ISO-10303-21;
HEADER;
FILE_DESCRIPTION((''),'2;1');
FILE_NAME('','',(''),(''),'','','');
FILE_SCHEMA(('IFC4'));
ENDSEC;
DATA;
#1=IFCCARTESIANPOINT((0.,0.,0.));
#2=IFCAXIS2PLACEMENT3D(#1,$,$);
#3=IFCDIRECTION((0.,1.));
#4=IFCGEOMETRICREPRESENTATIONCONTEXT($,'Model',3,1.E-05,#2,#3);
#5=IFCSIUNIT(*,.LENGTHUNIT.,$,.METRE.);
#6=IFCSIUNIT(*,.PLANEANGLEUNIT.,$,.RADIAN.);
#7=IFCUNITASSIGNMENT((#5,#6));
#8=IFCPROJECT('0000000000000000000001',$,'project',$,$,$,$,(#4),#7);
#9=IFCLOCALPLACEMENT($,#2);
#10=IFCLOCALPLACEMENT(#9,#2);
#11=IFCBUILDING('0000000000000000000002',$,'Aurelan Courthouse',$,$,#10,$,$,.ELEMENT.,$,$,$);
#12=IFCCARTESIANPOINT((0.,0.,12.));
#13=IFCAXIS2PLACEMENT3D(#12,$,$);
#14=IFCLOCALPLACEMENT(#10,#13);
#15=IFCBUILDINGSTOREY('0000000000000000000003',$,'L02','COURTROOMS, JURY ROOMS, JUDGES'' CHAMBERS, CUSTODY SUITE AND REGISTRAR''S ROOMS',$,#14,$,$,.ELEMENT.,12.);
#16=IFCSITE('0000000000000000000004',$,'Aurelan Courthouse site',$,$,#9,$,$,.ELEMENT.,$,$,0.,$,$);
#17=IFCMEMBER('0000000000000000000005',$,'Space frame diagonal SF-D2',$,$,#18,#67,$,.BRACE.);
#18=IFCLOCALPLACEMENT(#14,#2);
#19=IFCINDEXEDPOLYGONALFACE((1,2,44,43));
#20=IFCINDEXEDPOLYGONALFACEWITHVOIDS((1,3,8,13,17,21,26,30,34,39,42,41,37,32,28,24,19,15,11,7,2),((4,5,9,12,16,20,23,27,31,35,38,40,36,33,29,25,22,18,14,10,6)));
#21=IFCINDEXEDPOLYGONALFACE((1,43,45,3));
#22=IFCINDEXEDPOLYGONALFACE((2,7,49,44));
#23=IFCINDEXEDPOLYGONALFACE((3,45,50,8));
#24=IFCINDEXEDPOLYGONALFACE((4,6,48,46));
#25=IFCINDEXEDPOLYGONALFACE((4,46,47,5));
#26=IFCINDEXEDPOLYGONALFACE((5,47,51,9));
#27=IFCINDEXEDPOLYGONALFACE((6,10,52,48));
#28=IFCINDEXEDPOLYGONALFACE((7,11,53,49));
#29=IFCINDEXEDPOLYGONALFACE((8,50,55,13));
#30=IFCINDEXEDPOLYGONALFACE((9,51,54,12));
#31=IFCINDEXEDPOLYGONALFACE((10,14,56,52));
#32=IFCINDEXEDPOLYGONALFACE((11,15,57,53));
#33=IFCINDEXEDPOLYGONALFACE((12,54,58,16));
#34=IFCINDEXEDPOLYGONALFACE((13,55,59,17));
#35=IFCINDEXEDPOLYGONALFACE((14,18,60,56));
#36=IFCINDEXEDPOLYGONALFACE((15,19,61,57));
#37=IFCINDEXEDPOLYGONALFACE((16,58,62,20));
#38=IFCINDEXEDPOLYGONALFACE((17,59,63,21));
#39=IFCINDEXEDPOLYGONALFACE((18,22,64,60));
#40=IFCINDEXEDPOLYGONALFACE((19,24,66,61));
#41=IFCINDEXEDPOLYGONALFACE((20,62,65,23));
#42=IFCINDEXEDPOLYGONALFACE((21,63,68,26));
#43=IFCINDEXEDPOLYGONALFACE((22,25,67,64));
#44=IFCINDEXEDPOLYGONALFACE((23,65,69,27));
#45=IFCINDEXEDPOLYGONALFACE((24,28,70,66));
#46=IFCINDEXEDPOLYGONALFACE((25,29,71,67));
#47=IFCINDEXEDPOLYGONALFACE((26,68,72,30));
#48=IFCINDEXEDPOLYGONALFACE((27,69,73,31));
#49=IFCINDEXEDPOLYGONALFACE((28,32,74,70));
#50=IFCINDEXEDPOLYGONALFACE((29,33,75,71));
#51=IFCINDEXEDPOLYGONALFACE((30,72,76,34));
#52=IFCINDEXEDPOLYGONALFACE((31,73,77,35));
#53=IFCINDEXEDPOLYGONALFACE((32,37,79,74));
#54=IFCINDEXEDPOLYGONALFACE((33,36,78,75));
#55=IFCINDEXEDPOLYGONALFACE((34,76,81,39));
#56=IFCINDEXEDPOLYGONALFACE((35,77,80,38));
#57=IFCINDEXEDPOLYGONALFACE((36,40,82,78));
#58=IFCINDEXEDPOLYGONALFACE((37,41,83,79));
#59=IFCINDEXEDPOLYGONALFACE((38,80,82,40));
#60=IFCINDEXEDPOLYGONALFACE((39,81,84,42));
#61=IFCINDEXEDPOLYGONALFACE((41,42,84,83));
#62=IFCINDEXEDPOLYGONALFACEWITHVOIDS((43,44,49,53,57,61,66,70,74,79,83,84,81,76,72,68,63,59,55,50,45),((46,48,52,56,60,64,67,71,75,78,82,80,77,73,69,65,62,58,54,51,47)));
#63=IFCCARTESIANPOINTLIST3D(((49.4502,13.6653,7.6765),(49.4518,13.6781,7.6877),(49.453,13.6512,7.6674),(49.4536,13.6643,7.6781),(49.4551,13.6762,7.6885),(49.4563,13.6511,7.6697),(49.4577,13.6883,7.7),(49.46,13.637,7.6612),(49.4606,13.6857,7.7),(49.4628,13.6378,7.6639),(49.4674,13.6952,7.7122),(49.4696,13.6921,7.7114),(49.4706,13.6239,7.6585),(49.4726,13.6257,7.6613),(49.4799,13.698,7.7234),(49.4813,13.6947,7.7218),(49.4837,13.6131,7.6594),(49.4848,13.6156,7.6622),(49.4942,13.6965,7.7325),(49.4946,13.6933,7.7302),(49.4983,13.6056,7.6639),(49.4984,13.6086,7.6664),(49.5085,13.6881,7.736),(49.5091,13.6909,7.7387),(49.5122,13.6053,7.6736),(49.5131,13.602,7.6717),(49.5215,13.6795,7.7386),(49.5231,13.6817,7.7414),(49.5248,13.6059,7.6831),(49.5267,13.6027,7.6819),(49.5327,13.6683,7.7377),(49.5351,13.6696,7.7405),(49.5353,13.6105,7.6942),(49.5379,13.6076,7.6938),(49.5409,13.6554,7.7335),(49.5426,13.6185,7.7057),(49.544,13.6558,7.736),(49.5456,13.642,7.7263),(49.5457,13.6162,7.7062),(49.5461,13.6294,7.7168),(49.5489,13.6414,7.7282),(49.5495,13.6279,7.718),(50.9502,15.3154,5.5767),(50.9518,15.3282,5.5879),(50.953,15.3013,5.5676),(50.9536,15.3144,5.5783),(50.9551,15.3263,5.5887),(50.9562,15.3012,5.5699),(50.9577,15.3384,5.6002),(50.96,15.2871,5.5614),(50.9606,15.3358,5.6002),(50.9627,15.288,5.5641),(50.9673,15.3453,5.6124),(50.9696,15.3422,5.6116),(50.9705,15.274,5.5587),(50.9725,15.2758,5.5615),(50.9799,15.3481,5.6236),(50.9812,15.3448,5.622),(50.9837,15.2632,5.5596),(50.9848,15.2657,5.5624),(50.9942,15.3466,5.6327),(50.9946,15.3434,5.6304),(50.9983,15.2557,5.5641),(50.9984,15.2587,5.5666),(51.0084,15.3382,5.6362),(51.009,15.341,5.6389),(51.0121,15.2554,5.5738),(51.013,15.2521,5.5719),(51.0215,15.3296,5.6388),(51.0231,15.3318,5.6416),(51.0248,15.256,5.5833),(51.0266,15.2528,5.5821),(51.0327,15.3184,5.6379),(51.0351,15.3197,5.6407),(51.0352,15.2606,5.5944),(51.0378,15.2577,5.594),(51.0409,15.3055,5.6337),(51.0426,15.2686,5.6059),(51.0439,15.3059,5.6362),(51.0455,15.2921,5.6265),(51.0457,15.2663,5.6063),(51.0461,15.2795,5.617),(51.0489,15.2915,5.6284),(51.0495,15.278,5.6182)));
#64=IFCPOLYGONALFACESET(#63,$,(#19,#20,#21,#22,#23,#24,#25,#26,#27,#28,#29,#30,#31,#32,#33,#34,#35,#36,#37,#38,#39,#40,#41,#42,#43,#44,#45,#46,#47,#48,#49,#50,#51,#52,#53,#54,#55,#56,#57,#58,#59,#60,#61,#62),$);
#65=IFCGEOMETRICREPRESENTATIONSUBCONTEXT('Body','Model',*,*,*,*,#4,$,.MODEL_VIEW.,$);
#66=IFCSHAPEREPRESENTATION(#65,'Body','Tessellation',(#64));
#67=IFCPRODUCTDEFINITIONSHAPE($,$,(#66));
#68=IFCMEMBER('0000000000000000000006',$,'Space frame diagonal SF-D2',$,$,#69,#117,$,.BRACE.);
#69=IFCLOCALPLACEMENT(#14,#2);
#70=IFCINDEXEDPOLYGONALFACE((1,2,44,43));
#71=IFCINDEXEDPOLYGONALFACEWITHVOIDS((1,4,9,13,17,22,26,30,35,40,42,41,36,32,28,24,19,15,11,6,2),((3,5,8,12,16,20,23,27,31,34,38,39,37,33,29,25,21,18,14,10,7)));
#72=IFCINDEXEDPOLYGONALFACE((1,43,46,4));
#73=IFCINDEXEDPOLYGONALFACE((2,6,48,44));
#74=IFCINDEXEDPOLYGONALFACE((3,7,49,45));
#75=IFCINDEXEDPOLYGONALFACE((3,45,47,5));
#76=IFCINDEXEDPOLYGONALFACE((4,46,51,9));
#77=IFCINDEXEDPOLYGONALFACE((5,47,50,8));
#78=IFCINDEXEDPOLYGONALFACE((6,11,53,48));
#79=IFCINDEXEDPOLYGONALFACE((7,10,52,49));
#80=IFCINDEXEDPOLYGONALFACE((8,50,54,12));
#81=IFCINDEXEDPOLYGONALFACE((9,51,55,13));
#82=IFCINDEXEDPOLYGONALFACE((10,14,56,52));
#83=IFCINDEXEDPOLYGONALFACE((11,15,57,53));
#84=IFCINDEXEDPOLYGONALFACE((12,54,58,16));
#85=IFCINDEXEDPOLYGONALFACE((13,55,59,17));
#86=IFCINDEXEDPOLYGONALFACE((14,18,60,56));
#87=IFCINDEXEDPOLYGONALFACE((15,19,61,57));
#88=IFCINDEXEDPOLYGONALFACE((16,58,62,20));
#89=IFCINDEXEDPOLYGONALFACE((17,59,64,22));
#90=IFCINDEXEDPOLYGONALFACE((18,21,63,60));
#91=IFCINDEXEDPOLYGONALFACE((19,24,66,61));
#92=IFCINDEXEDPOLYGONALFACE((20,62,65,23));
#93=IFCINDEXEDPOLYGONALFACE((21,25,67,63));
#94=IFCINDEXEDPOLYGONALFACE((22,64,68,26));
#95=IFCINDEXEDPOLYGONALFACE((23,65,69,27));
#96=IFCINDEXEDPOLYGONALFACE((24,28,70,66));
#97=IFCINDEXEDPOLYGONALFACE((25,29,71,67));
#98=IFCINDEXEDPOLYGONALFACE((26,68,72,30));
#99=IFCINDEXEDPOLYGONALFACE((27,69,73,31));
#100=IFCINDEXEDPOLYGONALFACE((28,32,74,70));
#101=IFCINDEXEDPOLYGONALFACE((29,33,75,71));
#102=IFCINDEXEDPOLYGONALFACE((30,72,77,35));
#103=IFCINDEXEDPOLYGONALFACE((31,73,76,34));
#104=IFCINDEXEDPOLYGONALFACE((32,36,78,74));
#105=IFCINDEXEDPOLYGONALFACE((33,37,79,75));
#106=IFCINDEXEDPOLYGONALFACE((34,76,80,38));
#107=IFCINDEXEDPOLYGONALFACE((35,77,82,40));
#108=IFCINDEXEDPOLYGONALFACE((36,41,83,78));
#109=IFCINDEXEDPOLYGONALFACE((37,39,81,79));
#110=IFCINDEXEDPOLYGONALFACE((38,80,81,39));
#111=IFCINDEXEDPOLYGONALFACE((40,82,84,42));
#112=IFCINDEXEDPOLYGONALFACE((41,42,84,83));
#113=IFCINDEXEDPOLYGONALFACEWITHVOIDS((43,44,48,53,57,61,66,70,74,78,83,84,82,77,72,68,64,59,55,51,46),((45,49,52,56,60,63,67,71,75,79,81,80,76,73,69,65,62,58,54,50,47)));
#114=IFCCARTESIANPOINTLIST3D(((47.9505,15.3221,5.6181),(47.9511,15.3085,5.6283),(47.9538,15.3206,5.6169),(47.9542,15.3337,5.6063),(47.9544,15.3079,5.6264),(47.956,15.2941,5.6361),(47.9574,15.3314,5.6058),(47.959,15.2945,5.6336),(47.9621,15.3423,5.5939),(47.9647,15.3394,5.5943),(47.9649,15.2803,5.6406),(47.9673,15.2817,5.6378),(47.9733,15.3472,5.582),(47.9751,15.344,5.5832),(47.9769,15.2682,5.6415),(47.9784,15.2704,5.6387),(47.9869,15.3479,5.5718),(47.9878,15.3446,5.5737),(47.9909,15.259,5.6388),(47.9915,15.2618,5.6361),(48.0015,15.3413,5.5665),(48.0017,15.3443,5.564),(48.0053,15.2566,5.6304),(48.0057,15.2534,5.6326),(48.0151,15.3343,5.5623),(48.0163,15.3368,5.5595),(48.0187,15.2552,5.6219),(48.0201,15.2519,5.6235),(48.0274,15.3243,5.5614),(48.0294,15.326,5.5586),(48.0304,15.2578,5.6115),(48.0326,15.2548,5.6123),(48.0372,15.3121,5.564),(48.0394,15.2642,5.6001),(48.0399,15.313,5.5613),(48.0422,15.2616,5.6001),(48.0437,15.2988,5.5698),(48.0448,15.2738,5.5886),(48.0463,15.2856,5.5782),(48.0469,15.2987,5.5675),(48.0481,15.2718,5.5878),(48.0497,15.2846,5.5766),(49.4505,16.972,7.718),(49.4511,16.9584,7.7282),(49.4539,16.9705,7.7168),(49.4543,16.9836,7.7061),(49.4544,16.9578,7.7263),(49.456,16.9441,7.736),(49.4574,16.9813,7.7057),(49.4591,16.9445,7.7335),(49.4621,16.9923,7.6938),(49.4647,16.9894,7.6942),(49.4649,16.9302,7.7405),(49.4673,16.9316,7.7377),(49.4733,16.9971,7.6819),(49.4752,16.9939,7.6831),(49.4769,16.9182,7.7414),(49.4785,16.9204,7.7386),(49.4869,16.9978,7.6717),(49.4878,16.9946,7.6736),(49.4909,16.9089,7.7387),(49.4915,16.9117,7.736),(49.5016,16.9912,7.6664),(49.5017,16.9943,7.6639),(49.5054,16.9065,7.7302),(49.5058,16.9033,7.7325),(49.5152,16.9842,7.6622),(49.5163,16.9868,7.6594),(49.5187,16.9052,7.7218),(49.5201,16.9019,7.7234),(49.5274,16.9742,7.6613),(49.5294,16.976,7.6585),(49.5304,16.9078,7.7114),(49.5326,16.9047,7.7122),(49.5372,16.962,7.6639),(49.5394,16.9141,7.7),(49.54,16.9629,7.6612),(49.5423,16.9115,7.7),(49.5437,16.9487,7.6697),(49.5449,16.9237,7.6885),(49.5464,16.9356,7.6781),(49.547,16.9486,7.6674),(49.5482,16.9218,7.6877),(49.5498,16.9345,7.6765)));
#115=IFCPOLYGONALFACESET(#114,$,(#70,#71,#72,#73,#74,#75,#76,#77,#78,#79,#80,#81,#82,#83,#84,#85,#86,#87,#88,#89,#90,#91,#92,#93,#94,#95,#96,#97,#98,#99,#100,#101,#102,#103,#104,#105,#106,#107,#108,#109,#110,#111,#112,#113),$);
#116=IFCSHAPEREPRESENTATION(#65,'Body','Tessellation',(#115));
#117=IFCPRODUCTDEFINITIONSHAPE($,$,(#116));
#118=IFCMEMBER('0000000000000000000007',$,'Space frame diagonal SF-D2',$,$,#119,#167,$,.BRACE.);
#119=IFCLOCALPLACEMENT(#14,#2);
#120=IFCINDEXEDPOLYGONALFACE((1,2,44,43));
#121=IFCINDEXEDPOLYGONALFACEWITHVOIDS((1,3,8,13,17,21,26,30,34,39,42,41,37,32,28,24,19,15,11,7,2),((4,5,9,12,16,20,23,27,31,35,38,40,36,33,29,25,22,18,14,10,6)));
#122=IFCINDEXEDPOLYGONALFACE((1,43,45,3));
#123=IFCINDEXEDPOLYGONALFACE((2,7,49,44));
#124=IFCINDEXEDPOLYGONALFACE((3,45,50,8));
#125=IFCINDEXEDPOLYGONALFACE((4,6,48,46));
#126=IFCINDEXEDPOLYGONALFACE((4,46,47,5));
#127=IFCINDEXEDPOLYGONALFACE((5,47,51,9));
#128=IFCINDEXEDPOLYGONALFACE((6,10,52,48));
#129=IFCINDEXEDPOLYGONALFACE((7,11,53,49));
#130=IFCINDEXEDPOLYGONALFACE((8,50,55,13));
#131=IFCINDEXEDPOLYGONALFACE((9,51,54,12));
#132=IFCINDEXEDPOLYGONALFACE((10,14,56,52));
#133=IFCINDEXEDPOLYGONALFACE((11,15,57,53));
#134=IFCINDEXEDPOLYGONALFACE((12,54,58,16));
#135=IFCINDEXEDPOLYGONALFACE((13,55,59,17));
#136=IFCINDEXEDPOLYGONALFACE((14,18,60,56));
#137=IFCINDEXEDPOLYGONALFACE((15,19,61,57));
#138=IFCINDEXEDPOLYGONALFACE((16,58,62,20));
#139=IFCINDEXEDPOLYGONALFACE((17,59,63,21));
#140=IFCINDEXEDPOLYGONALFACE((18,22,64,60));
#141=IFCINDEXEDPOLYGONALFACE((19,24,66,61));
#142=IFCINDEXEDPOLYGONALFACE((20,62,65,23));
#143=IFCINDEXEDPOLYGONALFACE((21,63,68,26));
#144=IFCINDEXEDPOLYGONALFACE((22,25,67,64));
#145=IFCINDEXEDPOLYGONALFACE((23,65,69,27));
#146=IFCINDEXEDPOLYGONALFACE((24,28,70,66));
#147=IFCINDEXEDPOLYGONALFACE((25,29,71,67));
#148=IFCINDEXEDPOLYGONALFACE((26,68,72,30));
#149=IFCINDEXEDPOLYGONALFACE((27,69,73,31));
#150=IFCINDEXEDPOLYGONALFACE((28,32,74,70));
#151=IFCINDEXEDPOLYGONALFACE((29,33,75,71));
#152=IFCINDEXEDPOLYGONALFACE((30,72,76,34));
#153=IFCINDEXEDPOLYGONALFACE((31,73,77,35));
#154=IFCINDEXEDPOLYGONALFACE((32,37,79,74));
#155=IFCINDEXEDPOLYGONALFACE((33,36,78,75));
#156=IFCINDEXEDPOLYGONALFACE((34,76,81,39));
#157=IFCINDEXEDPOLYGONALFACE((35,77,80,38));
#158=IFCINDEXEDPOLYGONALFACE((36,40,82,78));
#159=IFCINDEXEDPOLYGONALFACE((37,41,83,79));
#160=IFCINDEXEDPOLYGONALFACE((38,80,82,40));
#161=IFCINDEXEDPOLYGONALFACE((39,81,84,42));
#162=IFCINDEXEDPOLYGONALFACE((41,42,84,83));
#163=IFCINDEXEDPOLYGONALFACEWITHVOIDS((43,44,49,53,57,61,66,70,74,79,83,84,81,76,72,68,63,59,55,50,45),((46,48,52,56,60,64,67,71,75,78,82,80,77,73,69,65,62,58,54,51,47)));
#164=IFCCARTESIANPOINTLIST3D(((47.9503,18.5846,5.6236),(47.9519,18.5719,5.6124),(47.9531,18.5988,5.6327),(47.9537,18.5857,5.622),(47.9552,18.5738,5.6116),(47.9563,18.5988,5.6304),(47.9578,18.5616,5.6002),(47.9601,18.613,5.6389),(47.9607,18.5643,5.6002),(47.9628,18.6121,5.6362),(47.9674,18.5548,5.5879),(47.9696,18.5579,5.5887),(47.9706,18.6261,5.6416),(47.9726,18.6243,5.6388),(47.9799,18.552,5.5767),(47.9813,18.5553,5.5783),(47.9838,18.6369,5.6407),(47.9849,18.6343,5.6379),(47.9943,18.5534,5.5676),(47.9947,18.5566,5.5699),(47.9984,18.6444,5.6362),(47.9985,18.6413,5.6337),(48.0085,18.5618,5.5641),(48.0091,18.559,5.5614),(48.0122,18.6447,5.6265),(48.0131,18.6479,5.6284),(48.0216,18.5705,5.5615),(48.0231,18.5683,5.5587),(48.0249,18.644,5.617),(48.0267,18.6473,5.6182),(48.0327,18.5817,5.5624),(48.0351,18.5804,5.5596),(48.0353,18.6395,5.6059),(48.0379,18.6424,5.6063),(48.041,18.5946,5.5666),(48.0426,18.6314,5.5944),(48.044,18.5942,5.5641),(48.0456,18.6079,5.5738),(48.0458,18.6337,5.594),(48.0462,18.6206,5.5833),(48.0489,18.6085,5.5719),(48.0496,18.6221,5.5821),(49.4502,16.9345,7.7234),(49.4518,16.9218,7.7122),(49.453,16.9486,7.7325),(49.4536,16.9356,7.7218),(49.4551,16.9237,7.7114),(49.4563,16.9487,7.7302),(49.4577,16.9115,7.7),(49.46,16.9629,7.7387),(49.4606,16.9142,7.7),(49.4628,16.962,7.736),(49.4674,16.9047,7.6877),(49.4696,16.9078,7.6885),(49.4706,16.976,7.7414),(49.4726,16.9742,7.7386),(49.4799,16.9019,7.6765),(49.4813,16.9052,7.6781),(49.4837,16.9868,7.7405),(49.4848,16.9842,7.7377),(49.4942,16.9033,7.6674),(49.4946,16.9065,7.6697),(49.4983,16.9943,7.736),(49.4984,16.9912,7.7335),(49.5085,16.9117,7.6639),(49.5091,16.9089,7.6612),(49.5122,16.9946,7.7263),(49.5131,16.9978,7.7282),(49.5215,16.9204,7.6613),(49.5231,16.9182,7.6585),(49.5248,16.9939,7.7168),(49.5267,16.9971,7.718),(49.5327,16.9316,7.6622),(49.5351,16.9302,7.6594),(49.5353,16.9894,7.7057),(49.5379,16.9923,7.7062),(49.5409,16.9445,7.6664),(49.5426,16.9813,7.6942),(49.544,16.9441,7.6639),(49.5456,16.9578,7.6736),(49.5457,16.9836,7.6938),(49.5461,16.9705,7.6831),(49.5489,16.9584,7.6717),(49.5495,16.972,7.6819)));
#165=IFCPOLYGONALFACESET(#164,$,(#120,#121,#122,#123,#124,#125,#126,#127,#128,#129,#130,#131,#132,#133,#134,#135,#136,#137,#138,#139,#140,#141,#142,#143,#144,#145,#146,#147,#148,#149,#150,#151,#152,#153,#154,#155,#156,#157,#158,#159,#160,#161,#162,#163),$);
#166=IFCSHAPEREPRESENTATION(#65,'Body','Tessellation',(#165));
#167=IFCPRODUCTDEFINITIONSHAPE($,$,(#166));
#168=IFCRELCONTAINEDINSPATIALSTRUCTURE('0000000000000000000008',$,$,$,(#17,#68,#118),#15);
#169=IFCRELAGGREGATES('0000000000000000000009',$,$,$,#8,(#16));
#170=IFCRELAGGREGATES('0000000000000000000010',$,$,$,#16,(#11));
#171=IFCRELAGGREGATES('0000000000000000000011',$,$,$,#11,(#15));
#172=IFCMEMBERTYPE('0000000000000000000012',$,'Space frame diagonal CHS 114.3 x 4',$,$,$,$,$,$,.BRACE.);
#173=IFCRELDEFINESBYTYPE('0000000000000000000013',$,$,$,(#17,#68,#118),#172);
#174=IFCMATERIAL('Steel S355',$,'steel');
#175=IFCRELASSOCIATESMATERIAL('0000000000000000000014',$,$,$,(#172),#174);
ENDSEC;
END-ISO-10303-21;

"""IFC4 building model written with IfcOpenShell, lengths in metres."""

from ifc_helpers import new_model, si_unit, direction, frame, origin, origin_2d, place, context, subcontext, project, spatial, hollow_circle, extrude, material, material_profile, profile_set, type_object, element, save


model = new_model("IFC4")

# Units and contexts
model_context = context("Model", 3, precision=1e-05, world=origin(), true_north=direction((0.0, 1.0)))
body_context = subcontext(model_context, "Body", "Model", "MODEL_VIEW")
ifc_project = project(units=[si_unit("LENGTHUNIT", "METRE"), si_unit("PLANEANGLEUNIT", "RADIAN")], contexts=[model_context])

# Site, building, storey
site_placement = place(None, origin())
site = spatial("IfcSite", under=ifc_project, at=site_placement, Name="Aurelan Courthouse site", CompositionType="ELEMENT", RefElevation=0.0)
building_placement = place(site_placement, origin())
building = spatial("IfcBuilding", under=site, at=building_placement, Name="Aurelan Courthouse", CompositionType="ELEMENT")
storey_placement = place(building_placement, frame((0.0, 0.0, 12.0)))
storey = spatial("IfcBuildingStorey", under=building, at=storey_placement, Name="L02", Description="COURTROOMS, JURY ROOMS, JUDGES' CHAMBERS, CUSTODY SUITE AND REGISTRAR'S ROOMS", CompositionType="ELEMENT", Elevation=12.0)

# Members
ifc_material_1 = material(Name="Steel S355", Category="steel")
ifc_material_profile_1 = material_profile(ifc_material_1, hollow_circle(Radius=0.0571, WallThickness=0.0039, at=origin_2d()), Name="CHS 114.3 x 4")
ifc_profile_set_1 = profile_set([ifc_material_profile_1], Name="Steel S355")
member_type_1 = type_object("IfcMemberType", Name="Space frame diagonal CHS 114.3 x 4", PredefinedType="BRACE", material=ifc_profile_set_1)
for number, where, z_axis, x_axis, name in (
    (1, (49.5, 13.6499, 7.7), (0.489706, 0.538724, -0.68554), (-0.73997, 0.67264, 0.0), "Space frame diagonal SF-D2"),
    (2, (49.5, 16.95, 7.7), (-0.489727, -0.538667, -0.685569), (0.73992, -0.672695, 0.0), "Space frame diagonal SF-D2"),
    (3, (49.5, 16.95, 7.7), (-0.489706, 0.538724, -0.68554), (-0.73997, -0.67264, 0.0), "Space frame diagonal SF-D2"),
):
    element("IfcMember", number, at=place(storey_placement, frame(where, z_axis=z_axis, x_axis=x_axis)), inside=storey, type_object=member_type_1, Name=name, PredefinedType="BRACE", context=body_context, shape_type="SweptSolid", body=[
        extrude(hollow_circle(Radius=0.0571, WallThickness=0.0039, at=origin_2d()), origin(), (0.0, 0.0, 1.0), 3.063),
    ])

save(model, "model.ifc")
